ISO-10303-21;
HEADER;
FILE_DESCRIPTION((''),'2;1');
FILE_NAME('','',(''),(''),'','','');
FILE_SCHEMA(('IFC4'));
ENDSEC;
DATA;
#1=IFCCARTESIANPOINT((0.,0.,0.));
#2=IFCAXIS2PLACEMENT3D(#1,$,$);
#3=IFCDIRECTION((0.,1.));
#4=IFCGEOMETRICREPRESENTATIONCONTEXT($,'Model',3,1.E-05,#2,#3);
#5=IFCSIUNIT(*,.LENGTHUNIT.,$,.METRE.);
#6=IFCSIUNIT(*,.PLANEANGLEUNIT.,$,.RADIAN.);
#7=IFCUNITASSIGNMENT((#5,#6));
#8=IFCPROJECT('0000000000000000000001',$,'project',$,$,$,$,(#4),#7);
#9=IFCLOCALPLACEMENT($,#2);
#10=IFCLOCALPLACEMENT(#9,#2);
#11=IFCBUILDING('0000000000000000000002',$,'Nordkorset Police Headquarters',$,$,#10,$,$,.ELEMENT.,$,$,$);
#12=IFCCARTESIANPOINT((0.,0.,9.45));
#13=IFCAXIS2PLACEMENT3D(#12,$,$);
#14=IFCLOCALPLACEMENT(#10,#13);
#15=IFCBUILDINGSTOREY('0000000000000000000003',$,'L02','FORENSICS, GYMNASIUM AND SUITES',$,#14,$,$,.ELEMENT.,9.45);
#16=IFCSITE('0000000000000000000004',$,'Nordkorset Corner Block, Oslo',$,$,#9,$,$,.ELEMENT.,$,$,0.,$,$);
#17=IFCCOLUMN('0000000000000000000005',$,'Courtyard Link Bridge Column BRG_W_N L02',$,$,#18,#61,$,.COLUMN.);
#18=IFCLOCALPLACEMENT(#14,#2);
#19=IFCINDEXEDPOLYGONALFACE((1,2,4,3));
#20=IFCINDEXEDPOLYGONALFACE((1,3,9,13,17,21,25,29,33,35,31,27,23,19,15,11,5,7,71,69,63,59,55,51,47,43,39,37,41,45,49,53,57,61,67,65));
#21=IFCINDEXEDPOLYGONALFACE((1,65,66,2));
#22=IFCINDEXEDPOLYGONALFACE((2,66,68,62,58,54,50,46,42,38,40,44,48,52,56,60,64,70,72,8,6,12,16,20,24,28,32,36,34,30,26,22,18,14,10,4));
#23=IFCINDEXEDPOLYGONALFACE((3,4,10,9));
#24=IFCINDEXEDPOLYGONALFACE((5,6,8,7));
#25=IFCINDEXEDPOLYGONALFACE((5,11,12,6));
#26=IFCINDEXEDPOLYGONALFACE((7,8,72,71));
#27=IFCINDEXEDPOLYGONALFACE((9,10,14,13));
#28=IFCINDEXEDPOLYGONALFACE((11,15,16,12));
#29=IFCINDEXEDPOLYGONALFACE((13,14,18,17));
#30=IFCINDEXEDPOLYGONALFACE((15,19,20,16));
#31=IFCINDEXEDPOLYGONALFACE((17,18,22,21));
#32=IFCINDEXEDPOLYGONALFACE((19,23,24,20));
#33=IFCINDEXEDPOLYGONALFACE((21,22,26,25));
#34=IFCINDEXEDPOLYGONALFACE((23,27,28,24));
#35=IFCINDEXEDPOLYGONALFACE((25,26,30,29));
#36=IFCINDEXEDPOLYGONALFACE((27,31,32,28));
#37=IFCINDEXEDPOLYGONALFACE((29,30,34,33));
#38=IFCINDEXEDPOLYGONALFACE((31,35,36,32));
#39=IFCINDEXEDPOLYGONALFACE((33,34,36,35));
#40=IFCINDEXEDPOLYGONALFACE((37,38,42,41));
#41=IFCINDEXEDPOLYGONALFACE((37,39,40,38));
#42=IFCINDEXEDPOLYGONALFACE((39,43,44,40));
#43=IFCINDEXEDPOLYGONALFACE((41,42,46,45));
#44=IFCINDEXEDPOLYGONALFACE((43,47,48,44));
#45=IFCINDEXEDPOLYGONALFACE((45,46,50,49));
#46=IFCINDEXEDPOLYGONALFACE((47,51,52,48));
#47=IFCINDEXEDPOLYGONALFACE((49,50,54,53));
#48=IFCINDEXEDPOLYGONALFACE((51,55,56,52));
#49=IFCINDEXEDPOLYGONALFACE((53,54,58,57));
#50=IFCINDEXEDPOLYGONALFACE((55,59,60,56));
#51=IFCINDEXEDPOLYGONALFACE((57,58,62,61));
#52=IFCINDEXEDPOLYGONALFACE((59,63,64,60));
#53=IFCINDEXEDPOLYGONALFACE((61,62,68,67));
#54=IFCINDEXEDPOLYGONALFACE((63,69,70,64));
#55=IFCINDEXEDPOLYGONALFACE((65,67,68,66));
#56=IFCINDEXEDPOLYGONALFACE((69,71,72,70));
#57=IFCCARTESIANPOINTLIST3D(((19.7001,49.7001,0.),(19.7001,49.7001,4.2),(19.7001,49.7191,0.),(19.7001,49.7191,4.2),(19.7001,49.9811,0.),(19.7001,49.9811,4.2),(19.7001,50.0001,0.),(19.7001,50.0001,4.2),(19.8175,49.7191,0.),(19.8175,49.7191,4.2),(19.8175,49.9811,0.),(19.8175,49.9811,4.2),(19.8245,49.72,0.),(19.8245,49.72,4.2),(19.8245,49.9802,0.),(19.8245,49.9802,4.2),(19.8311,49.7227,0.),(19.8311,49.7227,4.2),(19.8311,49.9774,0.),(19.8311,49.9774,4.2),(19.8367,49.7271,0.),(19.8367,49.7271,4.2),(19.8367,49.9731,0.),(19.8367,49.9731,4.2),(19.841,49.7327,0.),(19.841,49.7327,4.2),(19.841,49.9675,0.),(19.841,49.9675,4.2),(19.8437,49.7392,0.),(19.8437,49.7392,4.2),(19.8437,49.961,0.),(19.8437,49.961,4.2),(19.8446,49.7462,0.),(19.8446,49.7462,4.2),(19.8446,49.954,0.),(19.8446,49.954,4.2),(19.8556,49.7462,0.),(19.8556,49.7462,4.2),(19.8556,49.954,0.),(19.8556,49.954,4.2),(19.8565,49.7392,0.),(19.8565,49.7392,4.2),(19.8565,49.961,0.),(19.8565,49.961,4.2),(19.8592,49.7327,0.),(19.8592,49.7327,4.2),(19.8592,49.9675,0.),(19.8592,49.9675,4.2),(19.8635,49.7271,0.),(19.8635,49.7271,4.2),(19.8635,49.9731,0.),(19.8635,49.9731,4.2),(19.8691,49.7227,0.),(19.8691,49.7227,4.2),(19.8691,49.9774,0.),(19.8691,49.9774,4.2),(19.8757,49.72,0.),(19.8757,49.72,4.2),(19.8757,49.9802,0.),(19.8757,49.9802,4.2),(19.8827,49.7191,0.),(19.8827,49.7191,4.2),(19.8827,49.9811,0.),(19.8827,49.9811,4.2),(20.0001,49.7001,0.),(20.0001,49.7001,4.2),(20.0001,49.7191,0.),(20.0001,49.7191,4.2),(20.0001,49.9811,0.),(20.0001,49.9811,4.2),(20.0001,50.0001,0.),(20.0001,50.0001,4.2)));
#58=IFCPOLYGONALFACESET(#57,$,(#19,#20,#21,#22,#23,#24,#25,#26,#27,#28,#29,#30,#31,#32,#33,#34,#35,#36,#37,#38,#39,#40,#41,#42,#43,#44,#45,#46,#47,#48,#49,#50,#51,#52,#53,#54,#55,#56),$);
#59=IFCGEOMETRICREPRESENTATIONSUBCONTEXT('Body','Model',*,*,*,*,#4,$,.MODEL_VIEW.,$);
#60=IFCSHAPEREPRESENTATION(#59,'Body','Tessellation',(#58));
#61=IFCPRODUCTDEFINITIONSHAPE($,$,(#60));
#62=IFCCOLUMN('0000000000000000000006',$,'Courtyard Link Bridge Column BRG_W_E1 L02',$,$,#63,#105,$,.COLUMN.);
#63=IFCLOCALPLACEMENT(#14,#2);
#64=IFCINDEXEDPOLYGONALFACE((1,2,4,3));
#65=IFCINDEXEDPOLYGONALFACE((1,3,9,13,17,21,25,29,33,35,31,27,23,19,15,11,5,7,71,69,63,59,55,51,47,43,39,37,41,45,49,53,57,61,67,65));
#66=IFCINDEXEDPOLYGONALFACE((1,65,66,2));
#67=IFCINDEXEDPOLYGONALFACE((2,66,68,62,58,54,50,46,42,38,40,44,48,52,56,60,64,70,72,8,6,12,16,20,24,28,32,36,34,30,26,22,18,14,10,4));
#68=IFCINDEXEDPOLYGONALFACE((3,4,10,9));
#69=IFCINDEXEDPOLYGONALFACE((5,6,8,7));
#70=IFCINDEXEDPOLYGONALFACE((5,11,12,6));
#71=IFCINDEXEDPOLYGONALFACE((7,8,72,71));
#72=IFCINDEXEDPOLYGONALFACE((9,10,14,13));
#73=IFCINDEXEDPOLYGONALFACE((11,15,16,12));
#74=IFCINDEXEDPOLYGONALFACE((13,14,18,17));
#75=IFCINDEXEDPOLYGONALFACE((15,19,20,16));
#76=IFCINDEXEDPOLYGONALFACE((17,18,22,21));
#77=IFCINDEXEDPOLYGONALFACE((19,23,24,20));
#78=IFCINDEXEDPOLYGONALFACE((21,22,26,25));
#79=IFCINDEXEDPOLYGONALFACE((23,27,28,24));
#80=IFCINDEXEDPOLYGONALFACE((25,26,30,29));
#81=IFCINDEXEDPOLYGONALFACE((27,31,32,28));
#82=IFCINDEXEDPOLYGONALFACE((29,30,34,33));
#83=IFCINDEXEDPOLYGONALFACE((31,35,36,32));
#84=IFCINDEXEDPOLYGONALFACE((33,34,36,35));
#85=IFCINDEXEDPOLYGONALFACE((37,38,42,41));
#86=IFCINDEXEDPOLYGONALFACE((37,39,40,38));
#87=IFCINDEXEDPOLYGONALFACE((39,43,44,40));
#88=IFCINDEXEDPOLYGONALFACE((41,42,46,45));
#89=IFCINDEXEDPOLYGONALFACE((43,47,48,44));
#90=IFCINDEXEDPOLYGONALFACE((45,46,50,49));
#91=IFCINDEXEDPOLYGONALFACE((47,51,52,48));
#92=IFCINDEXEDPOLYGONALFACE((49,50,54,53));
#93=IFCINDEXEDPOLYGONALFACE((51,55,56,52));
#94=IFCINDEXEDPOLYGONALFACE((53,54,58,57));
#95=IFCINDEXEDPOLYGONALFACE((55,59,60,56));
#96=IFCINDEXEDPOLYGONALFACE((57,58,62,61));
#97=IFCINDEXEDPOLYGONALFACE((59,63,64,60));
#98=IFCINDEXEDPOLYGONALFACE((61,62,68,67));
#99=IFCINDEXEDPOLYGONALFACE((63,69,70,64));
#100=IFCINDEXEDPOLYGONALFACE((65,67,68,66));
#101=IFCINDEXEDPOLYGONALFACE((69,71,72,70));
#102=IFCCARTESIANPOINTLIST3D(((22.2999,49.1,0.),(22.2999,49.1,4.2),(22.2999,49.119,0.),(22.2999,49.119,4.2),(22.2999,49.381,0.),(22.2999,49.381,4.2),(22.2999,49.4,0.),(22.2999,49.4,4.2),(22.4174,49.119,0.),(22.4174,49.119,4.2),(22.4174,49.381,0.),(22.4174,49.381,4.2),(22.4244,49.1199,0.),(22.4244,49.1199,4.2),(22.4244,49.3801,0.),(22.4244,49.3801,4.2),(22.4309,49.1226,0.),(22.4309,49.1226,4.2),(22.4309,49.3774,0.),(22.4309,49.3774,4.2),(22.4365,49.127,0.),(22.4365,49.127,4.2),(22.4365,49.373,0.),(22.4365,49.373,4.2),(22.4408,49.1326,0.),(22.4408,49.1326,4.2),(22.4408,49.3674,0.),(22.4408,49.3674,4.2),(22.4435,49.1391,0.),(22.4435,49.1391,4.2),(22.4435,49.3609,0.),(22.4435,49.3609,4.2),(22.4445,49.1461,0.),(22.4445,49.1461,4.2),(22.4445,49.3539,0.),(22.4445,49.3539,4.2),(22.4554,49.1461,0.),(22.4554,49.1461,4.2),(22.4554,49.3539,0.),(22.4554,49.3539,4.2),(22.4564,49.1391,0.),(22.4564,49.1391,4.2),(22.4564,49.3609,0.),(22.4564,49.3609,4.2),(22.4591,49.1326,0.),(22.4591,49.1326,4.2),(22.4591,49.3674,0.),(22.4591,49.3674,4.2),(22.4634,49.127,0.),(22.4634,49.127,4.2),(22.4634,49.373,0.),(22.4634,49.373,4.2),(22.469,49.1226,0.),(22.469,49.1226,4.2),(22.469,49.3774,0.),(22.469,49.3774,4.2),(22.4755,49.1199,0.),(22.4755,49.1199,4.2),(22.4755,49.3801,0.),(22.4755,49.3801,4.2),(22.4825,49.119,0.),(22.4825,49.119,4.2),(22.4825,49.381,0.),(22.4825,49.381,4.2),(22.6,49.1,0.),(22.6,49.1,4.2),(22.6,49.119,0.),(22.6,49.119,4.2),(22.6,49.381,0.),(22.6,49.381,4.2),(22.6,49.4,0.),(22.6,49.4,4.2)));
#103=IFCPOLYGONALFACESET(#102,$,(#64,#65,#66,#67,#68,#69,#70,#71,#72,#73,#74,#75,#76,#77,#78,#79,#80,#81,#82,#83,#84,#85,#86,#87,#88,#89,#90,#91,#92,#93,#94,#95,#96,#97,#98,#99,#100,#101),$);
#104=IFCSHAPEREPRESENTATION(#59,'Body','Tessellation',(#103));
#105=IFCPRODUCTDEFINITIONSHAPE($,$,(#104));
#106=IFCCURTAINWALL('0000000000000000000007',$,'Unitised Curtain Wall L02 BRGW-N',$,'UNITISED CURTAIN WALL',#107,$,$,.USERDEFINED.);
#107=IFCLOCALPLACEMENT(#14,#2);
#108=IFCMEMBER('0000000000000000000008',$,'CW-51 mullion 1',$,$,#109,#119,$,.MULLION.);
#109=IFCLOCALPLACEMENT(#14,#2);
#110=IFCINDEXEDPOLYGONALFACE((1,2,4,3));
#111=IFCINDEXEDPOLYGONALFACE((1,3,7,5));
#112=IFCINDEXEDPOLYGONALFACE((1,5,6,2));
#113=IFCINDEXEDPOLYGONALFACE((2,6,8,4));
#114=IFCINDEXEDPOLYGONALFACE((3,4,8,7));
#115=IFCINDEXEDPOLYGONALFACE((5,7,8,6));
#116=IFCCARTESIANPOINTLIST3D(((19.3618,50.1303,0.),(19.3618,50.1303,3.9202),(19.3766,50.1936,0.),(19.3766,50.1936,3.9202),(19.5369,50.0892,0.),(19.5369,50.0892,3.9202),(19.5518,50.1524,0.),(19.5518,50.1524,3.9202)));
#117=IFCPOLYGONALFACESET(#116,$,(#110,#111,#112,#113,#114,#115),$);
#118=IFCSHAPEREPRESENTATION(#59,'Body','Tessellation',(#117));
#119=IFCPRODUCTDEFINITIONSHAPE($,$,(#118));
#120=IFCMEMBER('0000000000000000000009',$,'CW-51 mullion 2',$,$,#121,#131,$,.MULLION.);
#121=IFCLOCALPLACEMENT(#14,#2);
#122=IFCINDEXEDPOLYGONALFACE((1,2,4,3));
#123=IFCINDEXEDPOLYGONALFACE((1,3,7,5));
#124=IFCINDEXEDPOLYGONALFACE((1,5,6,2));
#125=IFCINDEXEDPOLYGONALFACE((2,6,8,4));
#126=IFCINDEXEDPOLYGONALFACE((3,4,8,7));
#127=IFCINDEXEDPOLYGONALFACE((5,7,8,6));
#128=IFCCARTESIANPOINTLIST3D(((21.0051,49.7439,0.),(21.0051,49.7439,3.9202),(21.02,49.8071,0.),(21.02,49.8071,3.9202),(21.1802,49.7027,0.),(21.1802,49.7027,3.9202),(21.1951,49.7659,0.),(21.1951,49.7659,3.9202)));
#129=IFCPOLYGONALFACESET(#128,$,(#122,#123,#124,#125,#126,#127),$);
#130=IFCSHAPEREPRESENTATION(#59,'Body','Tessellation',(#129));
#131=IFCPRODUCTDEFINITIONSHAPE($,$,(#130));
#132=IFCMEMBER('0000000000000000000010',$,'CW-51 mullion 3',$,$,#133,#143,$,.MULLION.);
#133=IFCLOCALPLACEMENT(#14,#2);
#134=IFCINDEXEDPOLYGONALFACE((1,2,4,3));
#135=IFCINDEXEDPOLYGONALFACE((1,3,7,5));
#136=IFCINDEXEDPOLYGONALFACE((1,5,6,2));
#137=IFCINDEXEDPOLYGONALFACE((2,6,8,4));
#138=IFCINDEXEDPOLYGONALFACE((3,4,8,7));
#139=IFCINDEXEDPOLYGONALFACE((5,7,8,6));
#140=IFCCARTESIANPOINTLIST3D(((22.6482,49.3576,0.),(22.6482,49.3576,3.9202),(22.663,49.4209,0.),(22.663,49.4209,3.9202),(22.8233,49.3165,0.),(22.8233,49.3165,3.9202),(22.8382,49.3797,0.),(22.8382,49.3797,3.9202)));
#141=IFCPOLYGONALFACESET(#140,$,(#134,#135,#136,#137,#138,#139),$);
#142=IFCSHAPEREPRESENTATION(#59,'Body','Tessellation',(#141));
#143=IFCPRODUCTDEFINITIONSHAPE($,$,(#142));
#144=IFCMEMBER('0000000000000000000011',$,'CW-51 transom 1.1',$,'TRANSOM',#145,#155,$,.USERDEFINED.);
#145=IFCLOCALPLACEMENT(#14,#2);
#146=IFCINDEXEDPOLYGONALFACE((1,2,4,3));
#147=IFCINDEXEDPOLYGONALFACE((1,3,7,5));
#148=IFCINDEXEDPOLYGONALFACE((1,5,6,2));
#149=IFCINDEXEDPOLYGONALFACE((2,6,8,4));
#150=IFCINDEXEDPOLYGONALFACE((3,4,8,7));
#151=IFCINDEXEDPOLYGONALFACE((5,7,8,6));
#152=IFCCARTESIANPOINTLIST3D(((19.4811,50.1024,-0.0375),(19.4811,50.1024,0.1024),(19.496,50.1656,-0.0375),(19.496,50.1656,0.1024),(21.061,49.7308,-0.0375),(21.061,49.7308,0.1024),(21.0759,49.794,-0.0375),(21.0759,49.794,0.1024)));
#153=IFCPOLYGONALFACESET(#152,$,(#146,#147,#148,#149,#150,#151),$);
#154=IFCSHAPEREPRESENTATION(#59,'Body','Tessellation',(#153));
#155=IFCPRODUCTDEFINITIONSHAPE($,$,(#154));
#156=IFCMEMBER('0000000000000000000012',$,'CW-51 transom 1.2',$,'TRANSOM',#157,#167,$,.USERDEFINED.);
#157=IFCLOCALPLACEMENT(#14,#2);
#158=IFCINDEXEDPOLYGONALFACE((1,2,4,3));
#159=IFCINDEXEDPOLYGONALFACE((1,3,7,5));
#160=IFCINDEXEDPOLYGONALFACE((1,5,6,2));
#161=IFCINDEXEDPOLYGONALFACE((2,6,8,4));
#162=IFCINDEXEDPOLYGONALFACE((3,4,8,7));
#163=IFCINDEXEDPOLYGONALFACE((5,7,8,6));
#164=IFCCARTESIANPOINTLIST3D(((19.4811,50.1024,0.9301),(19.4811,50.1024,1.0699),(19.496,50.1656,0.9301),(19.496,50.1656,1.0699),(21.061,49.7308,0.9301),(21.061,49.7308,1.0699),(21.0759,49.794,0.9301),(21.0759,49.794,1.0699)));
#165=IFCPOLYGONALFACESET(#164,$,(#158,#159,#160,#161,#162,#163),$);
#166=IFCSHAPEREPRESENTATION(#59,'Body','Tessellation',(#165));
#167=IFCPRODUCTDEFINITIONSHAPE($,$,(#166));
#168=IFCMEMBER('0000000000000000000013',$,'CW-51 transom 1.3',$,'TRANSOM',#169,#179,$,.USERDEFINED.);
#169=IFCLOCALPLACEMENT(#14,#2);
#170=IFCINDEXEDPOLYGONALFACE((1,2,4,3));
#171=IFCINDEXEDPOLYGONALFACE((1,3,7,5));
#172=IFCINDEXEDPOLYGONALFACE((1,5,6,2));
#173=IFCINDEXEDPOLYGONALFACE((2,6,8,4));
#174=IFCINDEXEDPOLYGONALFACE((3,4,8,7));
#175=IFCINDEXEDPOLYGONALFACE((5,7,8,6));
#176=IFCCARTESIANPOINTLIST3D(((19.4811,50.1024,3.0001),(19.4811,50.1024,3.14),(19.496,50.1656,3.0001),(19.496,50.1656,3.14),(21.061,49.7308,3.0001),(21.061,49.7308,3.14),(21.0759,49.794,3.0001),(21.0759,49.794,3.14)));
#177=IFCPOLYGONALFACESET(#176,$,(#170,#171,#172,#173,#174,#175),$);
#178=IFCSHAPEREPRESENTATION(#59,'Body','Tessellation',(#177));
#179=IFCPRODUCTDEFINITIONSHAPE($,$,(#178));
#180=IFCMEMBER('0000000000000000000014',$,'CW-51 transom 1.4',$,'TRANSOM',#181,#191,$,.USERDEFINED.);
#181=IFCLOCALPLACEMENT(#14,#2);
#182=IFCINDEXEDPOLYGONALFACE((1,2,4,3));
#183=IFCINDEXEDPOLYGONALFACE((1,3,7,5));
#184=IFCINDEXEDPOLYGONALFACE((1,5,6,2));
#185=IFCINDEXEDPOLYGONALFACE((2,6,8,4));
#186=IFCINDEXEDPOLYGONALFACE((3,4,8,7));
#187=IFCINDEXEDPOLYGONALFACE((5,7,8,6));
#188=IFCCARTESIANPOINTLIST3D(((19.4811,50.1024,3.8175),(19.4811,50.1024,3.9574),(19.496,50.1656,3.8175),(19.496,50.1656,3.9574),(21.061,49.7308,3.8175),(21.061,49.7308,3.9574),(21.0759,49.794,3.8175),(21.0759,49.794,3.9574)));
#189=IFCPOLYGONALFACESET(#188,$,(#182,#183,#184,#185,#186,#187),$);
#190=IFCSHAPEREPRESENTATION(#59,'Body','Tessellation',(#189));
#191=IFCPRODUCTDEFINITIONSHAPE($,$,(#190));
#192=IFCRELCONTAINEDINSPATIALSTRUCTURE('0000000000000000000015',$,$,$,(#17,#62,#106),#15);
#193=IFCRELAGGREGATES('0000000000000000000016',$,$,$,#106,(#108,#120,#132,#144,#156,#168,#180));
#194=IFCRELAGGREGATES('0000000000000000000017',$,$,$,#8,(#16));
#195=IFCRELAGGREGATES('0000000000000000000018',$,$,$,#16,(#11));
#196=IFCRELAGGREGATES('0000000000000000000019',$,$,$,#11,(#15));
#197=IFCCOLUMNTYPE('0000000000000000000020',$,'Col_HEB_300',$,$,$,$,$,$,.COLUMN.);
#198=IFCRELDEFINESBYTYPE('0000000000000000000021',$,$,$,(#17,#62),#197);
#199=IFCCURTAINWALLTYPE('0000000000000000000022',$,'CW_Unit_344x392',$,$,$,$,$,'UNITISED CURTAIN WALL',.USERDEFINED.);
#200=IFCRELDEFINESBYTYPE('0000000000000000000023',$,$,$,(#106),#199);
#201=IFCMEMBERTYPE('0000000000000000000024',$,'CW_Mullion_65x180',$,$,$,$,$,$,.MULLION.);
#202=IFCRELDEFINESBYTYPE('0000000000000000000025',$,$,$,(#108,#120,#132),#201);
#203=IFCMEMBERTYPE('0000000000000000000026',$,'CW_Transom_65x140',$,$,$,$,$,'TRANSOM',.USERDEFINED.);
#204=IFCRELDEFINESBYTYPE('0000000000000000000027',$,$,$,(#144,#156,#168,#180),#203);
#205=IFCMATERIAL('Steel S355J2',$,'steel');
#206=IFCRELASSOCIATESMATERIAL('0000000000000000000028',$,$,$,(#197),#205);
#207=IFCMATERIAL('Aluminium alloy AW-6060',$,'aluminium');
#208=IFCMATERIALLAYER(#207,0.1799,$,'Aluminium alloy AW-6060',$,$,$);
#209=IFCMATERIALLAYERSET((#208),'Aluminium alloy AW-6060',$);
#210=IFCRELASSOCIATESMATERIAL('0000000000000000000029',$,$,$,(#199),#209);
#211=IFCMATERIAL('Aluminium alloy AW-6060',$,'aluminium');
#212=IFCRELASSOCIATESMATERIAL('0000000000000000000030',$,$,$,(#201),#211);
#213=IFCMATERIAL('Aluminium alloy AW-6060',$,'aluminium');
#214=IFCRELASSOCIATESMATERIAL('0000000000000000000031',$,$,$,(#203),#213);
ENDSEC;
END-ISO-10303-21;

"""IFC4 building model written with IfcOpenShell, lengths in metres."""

from ifc_helpers import new_model, si_unit, direction, frame, origin, origin_2d, place, context, subcontext, project, spatial, rectangle, i_section, extrude, material, layer, layer_set, material_profile, profile_set, type_object, element, aggregate, save


model = new_model("IFC4")

# Units and contexts
model_context = context("Model", 3, precision=1e-05, world=origin(), true_north=direction((0.0, 1.0)))
body_context = subcontext(model_context, "Body", "Model", "MODEL_VIEW")
ifc_project = project(units=[si_unit("LENGTHUNIT", "METRE"), si_unit("PLANEANGLEUNIT", "RADIAN")], contexts=[model_context])

# Site, building, storey
site_placement = place(None, origin())
site = spatial("IfcSite", under=ifc_project, at=site_placement, Name="Nordkorset Corner Block, Oslo", CompositionType="ELEMENT", RefElevation=0.0)
building_placement = place(site_placement, origin())
building = spatial("IfcBuilding", under=site, at=building_placement, Name="Nordkorset Police Headquarters", CompositionType="ELEMENT")
storey_placement = place(building_placement, frame((0.0, 0.0, 9.45)))
storey = spatial("IfcBuildingStorey", under=building, at=storey_placement, Name="L02", Description="FORENSICS, GYMNASIUM AND SUITES", CompositionType="ELEMENT", Elevation=9.45)

# Columns
ifc_material_1 = material(Name="Steel S355J2", Category="steel")
ifc_material_profile_1 = material_profile(ifc_material_1, i_section(OverallWidth=0.3, OverallDepth=0.3, WebThickness=0.011, FlangeThickness=0.019, FilletRadius=0.0271, at=origin_2d()), Name="HEB 300")
ifc_profile_set_1 = profile_set([ifc_material_profile_1], Name="Steel S355J2")
column_type = type_object("IfcColumnType", Name="Col_HEB_300", PredefinedType="COLUMN", material=ifc_profile_set_1)
for number, where, z_axis, x_axis, name in (
    (1, (19.8501, 49.8501, 0.0), (0.0, 0.0, 1.0), (1.0, 0.0, 0.0), "Courtyard Link Bridge Column BRG_W_N L02"),
    (2, (22.45, 49.25, 0.0), (0.0, 0.0, 1.0), (1.0, 0.0, 0.0), "Courtyard Link Bridge Column BRG_W_E1 L02"),
):
    element("IfcColumn", number, at=place(storey_placement, frame(where, z_axis=z_axis, x_axis=x_axis)), inside=storey, type_object=column_type, Name=name, PredefinedType="COLUMN", context=body_context, shape_type="SweptSolid", body=[
        extrude(i_section(OverallWidth=0.3, OverallDepth=0.3, WebThickness=0.011, FlangeThickness=0.019, FilletRadius=0.0271, at=origin_2d()), origin(), (0.0, 0.0, 1.0), 4.2),
    ])

# Curtain wall, members
ifc_material_2 = material(Name="Aluminium alloy AW-6060", Category="aluminium")
ifc_layer_1 = layer(ifc_material_2, 0.1799, Name="Aluminium alloy AW-6060")
ifc_layer_set_1 = layer_set([ifc_layer_1], Name="Aluminium alloy AW-6060")
curtain_wall_type = type_object("IfcCurtainWallType", Name="CW_Unit_344x392", ElementType="UNITISED CURTAIN WALL", PredefinedType="USERDEFINED", material=ifc_layer_set_1)
curtain_wall_placement = place(storey_placement, origin())
curtain_wall = element("IfcCurtainWall", 3, at=curtain_wall_placement, inside=storey, type_object=curtain_wall_type, Name="Unitised Curtain Wall L02 BRGW-N", ObjectType="UNITISED CURTAIN WALL", PredefinedType="USERDEFINED")
ifc_material_3 = material(Name="Aluminium alloy AW-6060", Category="aluminium")
ifc_material_profile_2 = material_profile(ifc_material_3, rectangle(XDim=0.0649, YDim=0.1799, at=origin_2d()), Name="ALU MULL 65x180")
ifc_profile_set_2 = profile_set([ifc_material_profile_2], Name="Aluminium alloy AW-6060")
member_type_1 = type_object("IfcMemberType", Name="CW_Mullion_65x180", PredefinedType="MULLION", material=ifc_profile_set_2)
member_1_placement = place(storey_placement, frame((19.4568, 50.1414, 0.0), z_axis=(0.0, 0.0, 1.0), x_axis=(0.228893, 0.973452, 0.0)))
member_1 = element("IfcMember", 4, at=member_1_placement, type_object=member_type_1, Name="CW-51 mullion 1", PredefinedType="MULLION", context=body_context, shape_type="SweptSolid", body=[
    extrude(rectangle(XDim=0.0649, YDim=0.1799, at=origin_2d()), origin(), (0.0, 0.0, 1.0), 3.9202),
])
member_2_placement = place(storey_placement, frame((21.1001, 49.7549, 0.0), z_axis=(0.0, 0.0, 1.0), x_axis=(0.228893, 0.973452, 0.0)))
member_2 = element("IfcMember", 5, at=member_2_placement, type_object=member_type_1, Name="CW-51 mullion 2", PredefinedType="MULLION", context=body_context, shape_type="SweptSolid", body=[
    extrude(rectangle(XDim=0.0649, YDim=0.1799, at=origin_2d()), origin(), (0.0, 0.0, 1.0), 3.9202),
])
member_3_placement = place(storey_placement, frame((22.7432, 49.3687, 0.0), z_axis=(0.0, 0.0, 1.0), x_axis=(0.228893, 0.973452, 0.0)))
member_3 = element("IfcMember", 6, at=member_3_placement, type_object=member_type_1, Name="CW-51 mullion 3", PredefinedType="MULLION", context=body_context, shape_type="SweptSolid", body=[
    extrude(rectangle(XDim=0.0649, YDim=0.1799, at=origin_2d()), origin(), (0.0, 0.0, 1.0), 3.9202),
])
ifc_material_4 = material(Name="Aluminium alloy AW-6060", Category="aluminium")
ifc_material_profile_3 = material_profile(ifc_material_4, rectangle(XDim=0.0649, YDim=0.1399, at=origin_2d()), Name="ALU TRAN 65x140")
ifc_profile_set_3 = profile_set([ifc_material_profile_3], Name="Aluminium alloy AW-6060")
member_type_2 = type_object("IfcMemberType", Name="CW_Transom_65x140", ElementType="TRANSOM", PredefinedType="USERDEFINED", material=ifc_profile_set_3)
member_4_placement = place(storey_placement, frame((19.4885, 50.134, 0.0325), z_axis=(0.973437, -0.228955, 0.0), x_axis=(0.228955, 0.973437, 0.0)))
member_4 = element("IfcMember", 7, at=member_4_placement, type_object=member_type_2, Name="CW-51 transom 1.1", ObjectType="TRANSOM", PredefinedType="USERDEFINED", context=body_context, shape_type="SweptSolid", body=[
    extrude(rectangle(XDim=0.0649, YDim=0.1399, at=origin_2d()), origin(), (0.0, 0.0, 1.0), 1.623),
])
member_5_placement = place(storey_placement, frame((19.4885, 50.134, 1.0), z_axis=(0.973437, -0.228955, 0.0), x_axis=(0.228955, 0.973437, 0.0)))
member_5 = element("IfcMember", 8, at=member_5_placement, type_object=member_type_2, Name="CW-51 transom 1.2", ObjectType="TRANSOM", PredefinedType="USERDEFINED", context=body_context, shape_type="SweptSolid", body=[
    extrude(rectangle(XDim=0.0649, YDim=0.1399, at=origin_2d()), origin(), (0.0, 0.0, 1.0), 1.623),
])
member_6_placement = place(storey_placement, frame((19.4885, 50.134, 3.0701), z_axis=(0.973437, -0.228955, 0.0), x_axis=(0.228955, 0.973437, 0.0)))
member_6 = element("IfcMember", 9, at=member_6_placement, type_object=member_type_2, Name="CW-51 transom 1.3", ObjectType="TRANSOM", PredefinedType="USERDEFINED", context=body_context, shape_type="SweptSolid", body=[
    extrude(rectangle(XDim=0.0649, YDim=0.1399, at=origin_2d()), origin(), (0.0, 0.0, 1.0), 1.623),
])
member_7_placement = place(storey_placement, frame((19.4885, 50.134, 3.8875), z_axis=(0.973437, -0.228955, 0.0), x_axis=(0.228955, 0.973437, 0.0)))
member_7 = element("IfcMember", 10, at=member_7_placement, type_object=member_type_2, Name="CW-51 transom 1.4", ObjectType="TRANSOM", PredefinedType="USERDEFINED", context=body_context, shape_type="SweptSolid", body=[
    extrude(rectangle(XDim=0.0649, YDim=0.1399, at=origin_2d()), origin(), (0.0, 0.0, 1.0), 1.623),
])
aggregate(curtain_wall, [member_1, member_2, member_3, member_4, member_5, member_6, member_7])

save(model, "model.ifc")
